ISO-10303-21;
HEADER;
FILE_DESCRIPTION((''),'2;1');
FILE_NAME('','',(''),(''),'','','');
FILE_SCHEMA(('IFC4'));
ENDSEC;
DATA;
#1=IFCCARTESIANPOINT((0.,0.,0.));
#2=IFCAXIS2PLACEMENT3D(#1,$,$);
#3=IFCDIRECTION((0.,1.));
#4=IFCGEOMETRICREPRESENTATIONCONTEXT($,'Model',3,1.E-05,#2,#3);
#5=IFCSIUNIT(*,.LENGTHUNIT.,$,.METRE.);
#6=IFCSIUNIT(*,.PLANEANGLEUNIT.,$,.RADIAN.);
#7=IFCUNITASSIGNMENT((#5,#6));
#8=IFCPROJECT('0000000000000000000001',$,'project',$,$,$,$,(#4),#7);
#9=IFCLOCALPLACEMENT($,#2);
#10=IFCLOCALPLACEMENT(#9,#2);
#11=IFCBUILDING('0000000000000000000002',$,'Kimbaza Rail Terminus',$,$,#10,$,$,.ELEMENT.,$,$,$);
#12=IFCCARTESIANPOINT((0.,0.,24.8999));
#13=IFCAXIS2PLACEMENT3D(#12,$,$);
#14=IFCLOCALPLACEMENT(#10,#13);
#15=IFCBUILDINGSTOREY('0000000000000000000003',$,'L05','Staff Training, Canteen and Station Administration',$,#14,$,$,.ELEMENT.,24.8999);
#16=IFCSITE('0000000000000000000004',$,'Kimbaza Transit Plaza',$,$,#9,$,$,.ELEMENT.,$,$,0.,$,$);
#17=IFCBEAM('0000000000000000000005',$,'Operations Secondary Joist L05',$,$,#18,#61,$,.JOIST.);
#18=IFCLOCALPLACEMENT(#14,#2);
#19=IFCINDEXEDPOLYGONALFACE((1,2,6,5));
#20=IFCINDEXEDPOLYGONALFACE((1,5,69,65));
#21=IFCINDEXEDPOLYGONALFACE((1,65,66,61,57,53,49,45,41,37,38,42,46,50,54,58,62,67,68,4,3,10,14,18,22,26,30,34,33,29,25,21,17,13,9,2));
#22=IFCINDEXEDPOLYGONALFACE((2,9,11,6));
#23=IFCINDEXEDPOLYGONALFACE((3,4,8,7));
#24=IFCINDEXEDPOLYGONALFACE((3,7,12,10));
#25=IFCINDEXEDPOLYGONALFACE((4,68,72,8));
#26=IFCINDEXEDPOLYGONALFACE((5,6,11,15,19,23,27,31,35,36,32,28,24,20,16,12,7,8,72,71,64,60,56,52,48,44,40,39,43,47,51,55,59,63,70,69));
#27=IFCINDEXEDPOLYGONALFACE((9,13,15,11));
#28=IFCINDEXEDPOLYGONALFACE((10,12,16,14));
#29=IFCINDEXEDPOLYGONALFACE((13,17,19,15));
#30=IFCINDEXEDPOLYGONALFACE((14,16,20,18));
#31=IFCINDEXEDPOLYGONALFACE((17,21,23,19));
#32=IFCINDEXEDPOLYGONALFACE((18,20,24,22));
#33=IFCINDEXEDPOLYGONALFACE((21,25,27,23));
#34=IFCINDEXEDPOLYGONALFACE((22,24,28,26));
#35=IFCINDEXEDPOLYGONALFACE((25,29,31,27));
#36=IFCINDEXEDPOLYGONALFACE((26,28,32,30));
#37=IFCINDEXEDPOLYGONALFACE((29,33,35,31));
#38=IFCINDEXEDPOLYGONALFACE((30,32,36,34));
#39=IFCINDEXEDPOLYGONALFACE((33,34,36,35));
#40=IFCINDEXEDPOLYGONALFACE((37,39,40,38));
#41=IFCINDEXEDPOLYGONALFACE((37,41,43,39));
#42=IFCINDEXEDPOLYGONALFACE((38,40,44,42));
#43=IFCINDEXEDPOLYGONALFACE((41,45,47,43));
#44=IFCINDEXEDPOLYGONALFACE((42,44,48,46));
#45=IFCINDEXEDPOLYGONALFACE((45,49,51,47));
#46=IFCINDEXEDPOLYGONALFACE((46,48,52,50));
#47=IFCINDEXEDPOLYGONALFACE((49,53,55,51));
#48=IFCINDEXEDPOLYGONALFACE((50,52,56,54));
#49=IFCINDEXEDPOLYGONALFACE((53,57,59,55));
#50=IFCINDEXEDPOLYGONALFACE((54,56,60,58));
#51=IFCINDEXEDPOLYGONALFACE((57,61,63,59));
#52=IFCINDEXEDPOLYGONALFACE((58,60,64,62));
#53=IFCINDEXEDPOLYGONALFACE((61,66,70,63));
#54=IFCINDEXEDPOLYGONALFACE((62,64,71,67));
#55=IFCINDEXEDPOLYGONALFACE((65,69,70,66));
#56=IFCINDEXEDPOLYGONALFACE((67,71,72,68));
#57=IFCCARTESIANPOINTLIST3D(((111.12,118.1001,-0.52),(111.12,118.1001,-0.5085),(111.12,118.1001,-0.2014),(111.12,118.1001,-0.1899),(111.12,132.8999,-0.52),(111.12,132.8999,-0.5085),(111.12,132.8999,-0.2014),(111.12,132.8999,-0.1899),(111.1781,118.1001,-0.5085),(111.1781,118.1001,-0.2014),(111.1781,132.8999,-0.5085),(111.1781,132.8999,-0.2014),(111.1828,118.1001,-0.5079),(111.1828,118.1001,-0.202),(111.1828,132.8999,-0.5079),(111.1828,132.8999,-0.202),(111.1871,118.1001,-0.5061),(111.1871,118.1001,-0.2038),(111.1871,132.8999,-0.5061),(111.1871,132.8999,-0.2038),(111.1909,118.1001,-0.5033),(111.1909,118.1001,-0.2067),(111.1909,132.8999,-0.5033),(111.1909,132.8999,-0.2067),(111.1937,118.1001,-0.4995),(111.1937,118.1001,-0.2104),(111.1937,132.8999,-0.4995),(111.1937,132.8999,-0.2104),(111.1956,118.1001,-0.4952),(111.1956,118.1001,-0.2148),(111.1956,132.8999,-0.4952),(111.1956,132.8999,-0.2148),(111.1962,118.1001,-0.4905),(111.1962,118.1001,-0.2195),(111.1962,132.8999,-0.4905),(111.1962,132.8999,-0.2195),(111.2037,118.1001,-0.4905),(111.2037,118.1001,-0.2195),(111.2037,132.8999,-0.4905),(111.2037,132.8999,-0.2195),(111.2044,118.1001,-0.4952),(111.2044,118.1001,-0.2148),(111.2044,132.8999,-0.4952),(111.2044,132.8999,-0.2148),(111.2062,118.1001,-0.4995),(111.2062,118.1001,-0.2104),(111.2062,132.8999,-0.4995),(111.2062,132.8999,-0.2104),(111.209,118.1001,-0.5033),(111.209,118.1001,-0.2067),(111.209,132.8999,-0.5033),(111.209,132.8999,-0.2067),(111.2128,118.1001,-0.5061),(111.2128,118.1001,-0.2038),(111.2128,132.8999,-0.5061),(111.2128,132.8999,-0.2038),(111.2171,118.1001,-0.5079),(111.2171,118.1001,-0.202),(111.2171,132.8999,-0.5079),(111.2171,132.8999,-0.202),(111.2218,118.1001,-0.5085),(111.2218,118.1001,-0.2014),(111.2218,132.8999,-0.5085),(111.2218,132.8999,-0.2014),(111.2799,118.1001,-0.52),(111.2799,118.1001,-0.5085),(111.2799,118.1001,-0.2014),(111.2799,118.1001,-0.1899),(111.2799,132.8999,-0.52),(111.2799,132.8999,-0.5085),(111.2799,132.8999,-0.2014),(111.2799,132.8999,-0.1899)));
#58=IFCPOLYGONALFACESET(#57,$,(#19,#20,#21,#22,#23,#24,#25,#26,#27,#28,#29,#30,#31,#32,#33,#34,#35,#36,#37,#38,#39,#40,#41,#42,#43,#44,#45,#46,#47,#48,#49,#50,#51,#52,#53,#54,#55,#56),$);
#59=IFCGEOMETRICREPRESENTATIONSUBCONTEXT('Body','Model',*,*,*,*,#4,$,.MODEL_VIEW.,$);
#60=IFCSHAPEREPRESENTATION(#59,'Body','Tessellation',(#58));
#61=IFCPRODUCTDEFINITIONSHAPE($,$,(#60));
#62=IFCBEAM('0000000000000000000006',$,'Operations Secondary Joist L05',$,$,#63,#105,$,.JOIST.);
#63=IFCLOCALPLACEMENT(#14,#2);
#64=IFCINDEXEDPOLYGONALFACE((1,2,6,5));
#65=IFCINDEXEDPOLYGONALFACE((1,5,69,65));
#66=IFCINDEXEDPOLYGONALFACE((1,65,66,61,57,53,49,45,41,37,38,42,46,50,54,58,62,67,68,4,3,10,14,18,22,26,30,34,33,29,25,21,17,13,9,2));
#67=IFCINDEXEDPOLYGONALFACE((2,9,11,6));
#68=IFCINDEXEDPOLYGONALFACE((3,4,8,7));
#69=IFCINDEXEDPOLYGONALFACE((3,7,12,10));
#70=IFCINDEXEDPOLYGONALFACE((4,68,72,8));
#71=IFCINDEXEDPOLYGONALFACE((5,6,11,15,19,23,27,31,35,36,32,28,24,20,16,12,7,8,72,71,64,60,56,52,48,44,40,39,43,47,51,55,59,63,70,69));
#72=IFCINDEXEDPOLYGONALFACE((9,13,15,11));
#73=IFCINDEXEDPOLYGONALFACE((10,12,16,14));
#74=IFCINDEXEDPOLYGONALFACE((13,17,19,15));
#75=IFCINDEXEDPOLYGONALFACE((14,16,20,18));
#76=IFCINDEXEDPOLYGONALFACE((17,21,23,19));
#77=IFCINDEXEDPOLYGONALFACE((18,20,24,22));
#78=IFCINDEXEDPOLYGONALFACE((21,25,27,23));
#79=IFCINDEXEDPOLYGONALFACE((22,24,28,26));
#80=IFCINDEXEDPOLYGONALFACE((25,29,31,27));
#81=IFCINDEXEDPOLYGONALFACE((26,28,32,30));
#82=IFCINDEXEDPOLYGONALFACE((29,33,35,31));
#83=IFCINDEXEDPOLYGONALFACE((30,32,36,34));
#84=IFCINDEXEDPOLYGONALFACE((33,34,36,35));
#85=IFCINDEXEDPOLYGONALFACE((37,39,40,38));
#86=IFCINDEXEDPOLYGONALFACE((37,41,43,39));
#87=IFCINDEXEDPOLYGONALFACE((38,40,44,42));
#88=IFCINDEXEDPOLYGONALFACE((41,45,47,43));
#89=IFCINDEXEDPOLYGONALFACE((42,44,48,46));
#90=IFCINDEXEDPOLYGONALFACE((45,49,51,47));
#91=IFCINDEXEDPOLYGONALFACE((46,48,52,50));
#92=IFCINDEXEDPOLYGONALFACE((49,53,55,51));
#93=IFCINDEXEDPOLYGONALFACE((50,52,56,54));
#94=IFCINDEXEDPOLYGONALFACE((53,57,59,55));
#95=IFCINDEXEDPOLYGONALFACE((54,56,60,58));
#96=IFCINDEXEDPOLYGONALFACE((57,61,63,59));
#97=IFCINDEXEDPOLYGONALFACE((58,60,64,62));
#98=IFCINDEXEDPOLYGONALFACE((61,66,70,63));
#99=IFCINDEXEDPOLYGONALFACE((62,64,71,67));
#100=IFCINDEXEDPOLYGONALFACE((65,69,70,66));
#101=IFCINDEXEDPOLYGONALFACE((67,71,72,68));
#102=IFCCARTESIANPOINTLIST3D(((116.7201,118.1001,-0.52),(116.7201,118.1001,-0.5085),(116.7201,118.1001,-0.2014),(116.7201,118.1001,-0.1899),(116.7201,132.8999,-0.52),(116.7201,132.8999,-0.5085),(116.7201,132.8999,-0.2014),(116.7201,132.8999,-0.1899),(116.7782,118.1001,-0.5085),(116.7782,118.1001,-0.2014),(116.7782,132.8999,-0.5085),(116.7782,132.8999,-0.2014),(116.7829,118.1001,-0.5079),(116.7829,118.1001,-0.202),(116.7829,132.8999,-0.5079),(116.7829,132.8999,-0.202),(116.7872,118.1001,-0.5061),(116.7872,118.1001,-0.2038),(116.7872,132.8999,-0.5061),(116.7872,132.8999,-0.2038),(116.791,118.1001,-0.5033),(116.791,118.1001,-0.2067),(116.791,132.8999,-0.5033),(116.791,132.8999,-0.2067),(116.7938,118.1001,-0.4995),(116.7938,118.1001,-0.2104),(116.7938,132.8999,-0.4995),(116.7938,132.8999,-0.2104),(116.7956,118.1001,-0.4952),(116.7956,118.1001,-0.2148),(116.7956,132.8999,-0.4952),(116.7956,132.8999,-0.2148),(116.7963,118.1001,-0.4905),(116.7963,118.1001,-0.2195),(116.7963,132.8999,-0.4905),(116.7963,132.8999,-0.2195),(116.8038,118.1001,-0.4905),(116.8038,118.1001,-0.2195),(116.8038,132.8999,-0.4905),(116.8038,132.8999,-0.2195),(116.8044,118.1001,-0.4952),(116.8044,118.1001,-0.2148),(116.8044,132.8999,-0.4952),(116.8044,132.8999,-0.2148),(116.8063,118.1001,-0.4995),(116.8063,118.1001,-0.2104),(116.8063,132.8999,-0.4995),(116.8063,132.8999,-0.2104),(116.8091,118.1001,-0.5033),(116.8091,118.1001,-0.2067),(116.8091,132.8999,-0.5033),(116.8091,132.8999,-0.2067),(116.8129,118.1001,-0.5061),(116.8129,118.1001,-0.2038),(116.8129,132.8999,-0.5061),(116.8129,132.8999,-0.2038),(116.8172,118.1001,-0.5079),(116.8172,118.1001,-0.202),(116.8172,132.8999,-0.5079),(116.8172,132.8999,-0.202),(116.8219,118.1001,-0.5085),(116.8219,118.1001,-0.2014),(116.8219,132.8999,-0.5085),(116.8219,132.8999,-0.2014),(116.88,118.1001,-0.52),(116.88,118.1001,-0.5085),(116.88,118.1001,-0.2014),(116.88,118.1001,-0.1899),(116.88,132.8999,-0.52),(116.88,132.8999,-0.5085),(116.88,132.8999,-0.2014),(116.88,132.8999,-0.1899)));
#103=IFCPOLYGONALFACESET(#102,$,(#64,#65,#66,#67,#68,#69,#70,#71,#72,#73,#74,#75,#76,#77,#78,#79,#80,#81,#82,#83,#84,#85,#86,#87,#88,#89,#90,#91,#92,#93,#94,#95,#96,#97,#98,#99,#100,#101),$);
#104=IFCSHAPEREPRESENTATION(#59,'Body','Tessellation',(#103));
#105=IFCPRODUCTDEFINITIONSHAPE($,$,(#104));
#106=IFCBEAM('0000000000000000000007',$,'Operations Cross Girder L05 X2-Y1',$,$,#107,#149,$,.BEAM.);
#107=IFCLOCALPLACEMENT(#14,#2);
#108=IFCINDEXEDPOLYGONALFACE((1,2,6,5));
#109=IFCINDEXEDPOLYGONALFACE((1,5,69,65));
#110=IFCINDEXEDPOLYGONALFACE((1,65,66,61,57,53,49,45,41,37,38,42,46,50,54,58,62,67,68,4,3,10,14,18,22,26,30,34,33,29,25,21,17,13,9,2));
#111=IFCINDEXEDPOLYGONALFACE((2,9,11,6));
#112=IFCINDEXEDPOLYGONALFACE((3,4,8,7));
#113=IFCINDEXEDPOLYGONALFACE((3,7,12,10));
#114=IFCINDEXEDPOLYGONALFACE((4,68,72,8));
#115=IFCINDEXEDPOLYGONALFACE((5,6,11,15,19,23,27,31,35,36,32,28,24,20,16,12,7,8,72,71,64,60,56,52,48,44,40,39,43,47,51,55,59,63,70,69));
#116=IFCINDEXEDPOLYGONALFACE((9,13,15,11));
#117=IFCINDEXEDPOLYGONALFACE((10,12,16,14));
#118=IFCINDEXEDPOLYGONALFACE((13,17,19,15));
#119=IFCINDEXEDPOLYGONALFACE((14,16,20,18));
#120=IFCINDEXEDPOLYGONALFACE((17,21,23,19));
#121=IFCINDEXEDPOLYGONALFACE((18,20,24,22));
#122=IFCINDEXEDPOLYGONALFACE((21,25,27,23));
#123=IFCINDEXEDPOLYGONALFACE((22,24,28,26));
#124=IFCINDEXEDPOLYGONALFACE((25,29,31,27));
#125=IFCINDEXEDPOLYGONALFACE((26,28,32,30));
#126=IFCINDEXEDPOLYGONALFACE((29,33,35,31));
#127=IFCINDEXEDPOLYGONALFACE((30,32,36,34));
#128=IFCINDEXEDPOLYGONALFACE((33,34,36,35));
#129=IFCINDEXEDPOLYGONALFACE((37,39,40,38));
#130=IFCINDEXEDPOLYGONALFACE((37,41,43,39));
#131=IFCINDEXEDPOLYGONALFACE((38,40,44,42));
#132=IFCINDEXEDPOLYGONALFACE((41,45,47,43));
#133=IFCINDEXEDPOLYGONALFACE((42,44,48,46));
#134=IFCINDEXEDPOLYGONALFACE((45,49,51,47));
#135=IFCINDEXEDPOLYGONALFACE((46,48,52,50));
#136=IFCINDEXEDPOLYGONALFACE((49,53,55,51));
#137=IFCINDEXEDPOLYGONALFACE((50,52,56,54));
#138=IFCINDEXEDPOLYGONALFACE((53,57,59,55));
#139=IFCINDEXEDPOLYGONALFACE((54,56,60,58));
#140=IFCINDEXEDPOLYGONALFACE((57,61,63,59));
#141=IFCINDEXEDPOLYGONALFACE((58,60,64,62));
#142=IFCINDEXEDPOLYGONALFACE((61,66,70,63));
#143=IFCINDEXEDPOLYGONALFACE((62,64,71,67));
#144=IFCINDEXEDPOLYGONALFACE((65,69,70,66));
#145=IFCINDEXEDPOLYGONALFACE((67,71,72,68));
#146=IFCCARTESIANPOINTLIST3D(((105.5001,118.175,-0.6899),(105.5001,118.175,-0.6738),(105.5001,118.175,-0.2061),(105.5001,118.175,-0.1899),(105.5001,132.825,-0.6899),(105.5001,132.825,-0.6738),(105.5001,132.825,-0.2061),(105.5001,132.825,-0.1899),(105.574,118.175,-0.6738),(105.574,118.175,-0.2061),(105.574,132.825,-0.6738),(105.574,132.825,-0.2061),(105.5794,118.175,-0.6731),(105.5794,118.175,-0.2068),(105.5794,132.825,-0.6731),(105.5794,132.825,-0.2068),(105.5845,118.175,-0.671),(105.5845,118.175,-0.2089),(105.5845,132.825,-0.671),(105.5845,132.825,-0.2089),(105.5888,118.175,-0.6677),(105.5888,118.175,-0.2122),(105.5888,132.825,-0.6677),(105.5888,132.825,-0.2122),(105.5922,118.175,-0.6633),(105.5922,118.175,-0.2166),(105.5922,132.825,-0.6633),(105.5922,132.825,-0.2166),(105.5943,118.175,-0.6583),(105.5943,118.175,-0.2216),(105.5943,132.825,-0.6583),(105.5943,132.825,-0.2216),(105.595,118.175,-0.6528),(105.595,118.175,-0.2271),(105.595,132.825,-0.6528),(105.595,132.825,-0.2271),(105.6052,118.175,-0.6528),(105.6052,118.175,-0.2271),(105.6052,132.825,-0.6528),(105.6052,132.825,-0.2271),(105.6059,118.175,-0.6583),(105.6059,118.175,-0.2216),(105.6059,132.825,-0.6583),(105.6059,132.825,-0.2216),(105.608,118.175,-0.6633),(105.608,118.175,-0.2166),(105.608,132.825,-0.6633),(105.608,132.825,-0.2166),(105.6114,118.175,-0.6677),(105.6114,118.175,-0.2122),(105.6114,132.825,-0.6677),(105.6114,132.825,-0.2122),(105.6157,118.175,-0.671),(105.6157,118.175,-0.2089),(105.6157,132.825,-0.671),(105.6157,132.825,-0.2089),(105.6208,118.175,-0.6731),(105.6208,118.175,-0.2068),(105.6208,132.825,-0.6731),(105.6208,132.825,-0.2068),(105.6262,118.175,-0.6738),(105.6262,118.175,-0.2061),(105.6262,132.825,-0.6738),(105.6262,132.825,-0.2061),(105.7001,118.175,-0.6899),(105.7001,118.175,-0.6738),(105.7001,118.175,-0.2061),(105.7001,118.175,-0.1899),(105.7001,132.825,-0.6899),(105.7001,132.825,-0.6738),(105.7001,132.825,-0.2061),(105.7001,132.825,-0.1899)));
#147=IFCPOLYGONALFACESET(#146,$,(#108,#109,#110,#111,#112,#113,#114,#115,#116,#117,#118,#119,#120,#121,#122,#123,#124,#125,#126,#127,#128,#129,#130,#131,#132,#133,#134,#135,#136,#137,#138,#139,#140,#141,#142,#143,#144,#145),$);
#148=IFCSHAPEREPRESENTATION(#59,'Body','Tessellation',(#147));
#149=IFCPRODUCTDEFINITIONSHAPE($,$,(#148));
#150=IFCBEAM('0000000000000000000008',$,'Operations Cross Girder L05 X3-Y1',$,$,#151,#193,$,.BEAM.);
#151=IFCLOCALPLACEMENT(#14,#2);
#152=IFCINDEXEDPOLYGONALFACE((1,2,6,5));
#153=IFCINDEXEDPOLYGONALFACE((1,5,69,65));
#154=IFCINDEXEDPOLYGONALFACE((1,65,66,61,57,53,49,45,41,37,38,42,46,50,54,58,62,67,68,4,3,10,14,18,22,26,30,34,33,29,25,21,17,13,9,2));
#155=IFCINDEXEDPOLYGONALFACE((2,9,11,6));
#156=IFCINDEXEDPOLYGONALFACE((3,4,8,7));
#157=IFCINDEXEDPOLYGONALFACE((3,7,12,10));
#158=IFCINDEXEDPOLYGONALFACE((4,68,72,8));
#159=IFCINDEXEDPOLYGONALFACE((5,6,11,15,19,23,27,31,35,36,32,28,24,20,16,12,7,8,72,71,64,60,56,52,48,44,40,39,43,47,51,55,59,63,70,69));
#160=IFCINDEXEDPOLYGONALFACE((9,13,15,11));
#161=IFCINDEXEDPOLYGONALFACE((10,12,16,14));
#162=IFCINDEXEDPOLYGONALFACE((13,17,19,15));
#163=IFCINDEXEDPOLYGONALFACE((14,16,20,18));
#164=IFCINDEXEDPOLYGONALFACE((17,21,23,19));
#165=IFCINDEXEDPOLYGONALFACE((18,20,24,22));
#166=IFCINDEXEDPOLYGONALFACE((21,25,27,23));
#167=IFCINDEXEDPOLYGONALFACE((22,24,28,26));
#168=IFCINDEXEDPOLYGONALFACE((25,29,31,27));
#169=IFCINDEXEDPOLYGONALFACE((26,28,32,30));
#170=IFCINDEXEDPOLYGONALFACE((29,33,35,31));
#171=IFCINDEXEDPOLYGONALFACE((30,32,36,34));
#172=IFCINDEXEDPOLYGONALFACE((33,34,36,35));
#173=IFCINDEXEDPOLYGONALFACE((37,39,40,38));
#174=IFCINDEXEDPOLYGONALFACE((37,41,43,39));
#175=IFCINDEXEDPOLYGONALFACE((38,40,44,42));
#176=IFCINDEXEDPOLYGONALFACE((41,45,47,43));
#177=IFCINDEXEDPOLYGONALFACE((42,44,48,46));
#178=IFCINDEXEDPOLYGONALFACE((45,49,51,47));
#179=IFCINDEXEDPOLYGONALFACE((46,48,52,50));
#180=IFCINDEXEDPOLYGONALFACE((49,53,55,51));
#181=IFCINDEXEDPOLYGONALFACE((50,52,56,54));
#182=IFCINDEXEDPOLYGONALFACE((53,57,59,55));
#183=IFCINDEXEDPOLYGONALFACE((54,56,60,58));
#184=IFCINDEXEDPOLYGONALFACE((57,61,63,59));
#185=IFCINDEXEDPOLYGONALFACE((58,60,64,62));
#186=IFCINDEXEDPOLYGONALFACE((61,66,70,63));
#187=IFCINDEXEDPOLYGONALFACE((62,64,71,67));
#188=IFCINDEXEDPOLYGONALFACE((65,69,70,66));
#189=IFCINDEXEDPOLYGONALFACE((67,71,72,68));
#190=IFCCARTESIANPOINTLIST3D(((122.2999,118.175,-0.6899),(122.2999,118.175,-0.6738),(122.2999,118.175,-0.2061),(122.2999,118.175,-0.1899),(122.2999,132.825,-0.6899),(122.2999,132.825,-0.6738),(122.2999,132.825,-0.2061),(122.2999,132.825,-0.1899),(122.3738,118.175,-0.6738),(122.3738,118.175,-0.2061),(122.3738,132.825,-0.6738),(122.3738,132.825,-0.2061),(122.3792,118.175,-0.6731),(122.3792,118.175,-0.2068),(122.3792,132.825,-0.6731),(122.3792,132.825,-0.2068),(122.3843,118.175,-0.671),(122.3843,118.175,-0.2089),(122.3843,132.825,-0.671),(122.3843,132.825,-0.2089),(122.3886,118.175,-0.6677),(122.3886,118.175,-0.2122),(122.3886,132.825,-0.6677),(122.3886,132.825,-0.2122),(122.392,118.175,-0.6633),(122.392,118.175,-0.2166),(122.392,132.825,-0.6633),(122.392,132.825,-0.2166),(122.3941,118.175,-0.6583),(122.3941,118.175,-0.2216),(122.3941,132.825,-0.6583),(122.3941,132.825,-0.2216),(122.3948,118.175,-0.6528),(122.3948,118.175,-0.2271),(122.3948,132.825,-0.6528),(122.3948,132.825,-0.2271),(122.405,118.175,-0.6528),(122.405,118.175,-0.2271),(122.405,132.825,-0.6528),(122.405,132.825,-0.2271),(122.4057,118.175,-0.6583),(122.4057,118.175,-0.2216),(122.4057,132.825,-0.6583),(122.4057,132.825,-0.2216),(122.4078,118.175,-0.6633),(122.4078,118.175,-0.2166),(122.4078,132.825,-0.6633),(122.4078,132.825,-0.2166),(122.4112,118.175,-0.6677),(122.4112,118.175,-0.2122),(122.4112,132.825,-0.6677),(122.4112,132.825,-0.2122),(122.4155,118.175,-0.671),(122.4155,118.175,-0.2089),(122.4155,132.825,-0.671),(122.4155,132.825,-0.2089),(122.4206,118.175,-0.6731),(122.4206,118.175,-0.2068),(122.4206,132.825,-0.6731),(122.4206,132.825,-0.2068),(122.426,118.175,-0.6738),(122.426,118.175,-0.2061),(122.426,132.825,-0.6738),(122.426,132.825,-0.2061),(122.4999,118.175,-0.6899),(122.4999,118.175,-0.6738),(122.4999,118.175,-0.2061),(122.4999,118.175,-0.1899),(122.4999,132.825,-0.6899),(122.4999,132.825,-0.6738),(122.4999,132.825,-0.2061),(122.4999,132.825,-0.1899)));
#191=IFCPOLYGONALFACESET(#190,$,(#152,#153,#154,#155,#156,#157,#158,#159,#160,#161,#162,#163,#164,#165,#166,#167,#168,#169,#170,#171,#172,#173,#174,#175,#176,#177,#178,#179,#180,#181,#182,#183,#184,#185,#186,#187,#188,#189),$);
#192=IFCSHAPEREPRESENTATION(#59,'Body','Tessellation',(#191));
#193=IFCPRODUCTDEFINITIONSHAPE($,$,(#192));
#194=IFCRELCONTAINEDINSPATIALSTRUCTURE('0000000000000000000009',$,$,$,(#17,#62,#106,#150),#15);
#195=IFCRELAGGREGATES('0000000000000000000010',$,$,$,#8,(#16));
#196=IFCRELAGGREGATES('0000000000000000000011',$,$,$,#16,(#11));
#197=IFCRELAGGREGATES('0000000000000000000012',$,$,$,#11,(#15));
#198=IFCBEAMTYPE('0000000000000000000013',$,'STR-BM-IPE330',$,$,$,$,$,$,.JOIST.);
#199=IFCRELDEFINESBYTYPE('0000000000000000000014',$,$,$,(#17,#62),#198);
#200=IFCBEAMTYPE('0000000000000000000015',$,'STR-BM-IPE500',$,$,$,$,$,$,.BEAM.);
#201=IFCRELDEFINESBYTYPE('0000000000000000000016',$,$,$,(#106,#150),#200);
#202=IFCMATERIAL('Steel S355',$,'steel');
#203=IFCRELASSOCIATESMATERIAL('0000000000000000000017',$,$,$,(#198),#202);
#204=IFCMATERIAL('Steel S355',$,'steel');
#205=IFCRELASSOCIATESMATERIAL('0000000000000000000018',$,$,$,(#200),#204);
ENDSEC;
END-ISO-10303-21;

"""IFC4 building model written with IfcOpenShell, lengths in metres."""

from ifc_helpers import new_model, si_unit, direction, frame, origin, origin_2d, place, context, subcontext, project, spatial, i_section, extrude, material, material_profile, profile_set, type_object, element, save


model = new_model("IFC4")

# Units and contexts
model_context = context("Model", 3, precision=1e-05, world=origin(), true_north=direction((0.0, 1.0)))
body_context = subcontext(model_context, "Body", "Model", "MODEL_VIEW")
ifc_project = project(units=[si_unit("LENGTHUNIT", "METRE"), si_unit("PLANEANGLEUNIT", "RADIAN")], contexts=[model_context])

# Site, building, storey
site_placement = place(None, origin())
site = spatial("IfcSite", under=ifc_project, at=site_placement, Name="Kimbaza Transit Plaza", CompositionType="ELEMENT", RefElevation=0.0)
building_placement = place(site_placement, origin())
building = spatial("IfcBuilding", under=site, at=building_placement, Name="Kimbaza Rail Terminus", CompositionType="ELEMENT")
storey_placement = place(building_placement, frame((0.0, 0.0, 24.8999)))
storey = spatial("IfcBuildingStorey", under=building, at=storey_placement, Name="L05", Description="Staff Training, Canteen and Station Administration", CompositionType="ELEMENT", Elevation=24.8999)

# Beams
ifc_material_1 = material(Name="Steel S355", Category="steel")
ifc_material_profile_1 = material_profile(ifc_material_1, i_section(OverallWidth=0.1599, OverallDepth=0.3301, WebThickness=0.0076, FlangeThickness=0.0115, FilletRadius=0.0181, at=origin_2d()), Name="IPE 330")
ifc_profile_set_1 = profile_set([ifc_material_profile_1], Name="Steel S355")
beam_type_1 = type_object("IfcBeamType", Name="STR-BM-IPE330", PredefinedType="JOIST", material=ifc_profile_set_1)
for number, where, z_axis, x_axis, name in (
    (1, (111.2, 118.1001, -0.355), (0.0, 1.0, 0.0), (-1.0, 0.0, 0.0), "Operations Secondary Joist L05"),
    (2, (116.8, 118.1001, -0.355), (0.0, 1.0, 0.0), (-1.0, 0.0, 0.0), "Operations Secondary Joist L05"),
):
    element("IfcBeam", number, at=place(storey_placement, frame(where, z_axis=z_axis, x_axis=x_axis)), inside=storey, type_object=beam_type_1, Name=name, PredefinedType="JOIST", context=body_context, shape_type="SweptSolid", body=[
        extrude(i_section(OverallWidth=0.1599, OverallDepth=0.3301, WebThickness=0.0076, FlangeThickness=0.0115, FilletRadius=0.0181, at=origin_2d()), origin(), (0.0, 0.0, 1.0), 14.7998),
    ])
ifc_material_2 = material(Name="Steel S355", Category="steel")
ifc_material_profile_2 = material_profile(ifc_material_2, i_section(OverallWidth=0.2, OverallDepth=0.5, WebThickness=0.0103, FlangeThickness=0.0161, FilletRadius=0.021, at=origin_2d()), Name="IPE 500")
ifc_profile_set_2 = profile_set([ifc_material_profile_2], Name="Steel S355")
beam_type_2 = type_object("IfcBeamType", Name="STR-BM-IPE500", PredefinedType="BEAM", material=ifc_profile_set_2)
for number, where, z_axis, x_axis, name in (
    (3, (105.6001, 118.175, -0.4399), (0.0, 1.0, 0.0), (-1.0, 0.0, 0.0), "Operations Cross Girder L05 X2-Y1"),
    (4, (122.3999, 118.175, -0.4399), (0.0, 1.0, 0.0), (-1.0, 0.0, 0.0), "Operations Cross Girder L05 X3-Y1"),
):
    element("IfcBeam", number, at=place(storey_placement, frame(where, z_axis=z_axis, x_axis=x_axis)), inside=storey, type_object=beam_type_2, Name=name, PredefinedType="BEAM", context=body_context, shape_type="SweptSolid", body=[
        extrude(i_section(OverallWidth=0.2, OverallDepth=0.5, WebThickness=0.0103, FlangeThickness=0.0161, FilletRadius=0.021, at=origin_2d()), origin(), (0.0, 0.0, 1.0), 14.6499),
    ])

save(model, "model.ifc")
